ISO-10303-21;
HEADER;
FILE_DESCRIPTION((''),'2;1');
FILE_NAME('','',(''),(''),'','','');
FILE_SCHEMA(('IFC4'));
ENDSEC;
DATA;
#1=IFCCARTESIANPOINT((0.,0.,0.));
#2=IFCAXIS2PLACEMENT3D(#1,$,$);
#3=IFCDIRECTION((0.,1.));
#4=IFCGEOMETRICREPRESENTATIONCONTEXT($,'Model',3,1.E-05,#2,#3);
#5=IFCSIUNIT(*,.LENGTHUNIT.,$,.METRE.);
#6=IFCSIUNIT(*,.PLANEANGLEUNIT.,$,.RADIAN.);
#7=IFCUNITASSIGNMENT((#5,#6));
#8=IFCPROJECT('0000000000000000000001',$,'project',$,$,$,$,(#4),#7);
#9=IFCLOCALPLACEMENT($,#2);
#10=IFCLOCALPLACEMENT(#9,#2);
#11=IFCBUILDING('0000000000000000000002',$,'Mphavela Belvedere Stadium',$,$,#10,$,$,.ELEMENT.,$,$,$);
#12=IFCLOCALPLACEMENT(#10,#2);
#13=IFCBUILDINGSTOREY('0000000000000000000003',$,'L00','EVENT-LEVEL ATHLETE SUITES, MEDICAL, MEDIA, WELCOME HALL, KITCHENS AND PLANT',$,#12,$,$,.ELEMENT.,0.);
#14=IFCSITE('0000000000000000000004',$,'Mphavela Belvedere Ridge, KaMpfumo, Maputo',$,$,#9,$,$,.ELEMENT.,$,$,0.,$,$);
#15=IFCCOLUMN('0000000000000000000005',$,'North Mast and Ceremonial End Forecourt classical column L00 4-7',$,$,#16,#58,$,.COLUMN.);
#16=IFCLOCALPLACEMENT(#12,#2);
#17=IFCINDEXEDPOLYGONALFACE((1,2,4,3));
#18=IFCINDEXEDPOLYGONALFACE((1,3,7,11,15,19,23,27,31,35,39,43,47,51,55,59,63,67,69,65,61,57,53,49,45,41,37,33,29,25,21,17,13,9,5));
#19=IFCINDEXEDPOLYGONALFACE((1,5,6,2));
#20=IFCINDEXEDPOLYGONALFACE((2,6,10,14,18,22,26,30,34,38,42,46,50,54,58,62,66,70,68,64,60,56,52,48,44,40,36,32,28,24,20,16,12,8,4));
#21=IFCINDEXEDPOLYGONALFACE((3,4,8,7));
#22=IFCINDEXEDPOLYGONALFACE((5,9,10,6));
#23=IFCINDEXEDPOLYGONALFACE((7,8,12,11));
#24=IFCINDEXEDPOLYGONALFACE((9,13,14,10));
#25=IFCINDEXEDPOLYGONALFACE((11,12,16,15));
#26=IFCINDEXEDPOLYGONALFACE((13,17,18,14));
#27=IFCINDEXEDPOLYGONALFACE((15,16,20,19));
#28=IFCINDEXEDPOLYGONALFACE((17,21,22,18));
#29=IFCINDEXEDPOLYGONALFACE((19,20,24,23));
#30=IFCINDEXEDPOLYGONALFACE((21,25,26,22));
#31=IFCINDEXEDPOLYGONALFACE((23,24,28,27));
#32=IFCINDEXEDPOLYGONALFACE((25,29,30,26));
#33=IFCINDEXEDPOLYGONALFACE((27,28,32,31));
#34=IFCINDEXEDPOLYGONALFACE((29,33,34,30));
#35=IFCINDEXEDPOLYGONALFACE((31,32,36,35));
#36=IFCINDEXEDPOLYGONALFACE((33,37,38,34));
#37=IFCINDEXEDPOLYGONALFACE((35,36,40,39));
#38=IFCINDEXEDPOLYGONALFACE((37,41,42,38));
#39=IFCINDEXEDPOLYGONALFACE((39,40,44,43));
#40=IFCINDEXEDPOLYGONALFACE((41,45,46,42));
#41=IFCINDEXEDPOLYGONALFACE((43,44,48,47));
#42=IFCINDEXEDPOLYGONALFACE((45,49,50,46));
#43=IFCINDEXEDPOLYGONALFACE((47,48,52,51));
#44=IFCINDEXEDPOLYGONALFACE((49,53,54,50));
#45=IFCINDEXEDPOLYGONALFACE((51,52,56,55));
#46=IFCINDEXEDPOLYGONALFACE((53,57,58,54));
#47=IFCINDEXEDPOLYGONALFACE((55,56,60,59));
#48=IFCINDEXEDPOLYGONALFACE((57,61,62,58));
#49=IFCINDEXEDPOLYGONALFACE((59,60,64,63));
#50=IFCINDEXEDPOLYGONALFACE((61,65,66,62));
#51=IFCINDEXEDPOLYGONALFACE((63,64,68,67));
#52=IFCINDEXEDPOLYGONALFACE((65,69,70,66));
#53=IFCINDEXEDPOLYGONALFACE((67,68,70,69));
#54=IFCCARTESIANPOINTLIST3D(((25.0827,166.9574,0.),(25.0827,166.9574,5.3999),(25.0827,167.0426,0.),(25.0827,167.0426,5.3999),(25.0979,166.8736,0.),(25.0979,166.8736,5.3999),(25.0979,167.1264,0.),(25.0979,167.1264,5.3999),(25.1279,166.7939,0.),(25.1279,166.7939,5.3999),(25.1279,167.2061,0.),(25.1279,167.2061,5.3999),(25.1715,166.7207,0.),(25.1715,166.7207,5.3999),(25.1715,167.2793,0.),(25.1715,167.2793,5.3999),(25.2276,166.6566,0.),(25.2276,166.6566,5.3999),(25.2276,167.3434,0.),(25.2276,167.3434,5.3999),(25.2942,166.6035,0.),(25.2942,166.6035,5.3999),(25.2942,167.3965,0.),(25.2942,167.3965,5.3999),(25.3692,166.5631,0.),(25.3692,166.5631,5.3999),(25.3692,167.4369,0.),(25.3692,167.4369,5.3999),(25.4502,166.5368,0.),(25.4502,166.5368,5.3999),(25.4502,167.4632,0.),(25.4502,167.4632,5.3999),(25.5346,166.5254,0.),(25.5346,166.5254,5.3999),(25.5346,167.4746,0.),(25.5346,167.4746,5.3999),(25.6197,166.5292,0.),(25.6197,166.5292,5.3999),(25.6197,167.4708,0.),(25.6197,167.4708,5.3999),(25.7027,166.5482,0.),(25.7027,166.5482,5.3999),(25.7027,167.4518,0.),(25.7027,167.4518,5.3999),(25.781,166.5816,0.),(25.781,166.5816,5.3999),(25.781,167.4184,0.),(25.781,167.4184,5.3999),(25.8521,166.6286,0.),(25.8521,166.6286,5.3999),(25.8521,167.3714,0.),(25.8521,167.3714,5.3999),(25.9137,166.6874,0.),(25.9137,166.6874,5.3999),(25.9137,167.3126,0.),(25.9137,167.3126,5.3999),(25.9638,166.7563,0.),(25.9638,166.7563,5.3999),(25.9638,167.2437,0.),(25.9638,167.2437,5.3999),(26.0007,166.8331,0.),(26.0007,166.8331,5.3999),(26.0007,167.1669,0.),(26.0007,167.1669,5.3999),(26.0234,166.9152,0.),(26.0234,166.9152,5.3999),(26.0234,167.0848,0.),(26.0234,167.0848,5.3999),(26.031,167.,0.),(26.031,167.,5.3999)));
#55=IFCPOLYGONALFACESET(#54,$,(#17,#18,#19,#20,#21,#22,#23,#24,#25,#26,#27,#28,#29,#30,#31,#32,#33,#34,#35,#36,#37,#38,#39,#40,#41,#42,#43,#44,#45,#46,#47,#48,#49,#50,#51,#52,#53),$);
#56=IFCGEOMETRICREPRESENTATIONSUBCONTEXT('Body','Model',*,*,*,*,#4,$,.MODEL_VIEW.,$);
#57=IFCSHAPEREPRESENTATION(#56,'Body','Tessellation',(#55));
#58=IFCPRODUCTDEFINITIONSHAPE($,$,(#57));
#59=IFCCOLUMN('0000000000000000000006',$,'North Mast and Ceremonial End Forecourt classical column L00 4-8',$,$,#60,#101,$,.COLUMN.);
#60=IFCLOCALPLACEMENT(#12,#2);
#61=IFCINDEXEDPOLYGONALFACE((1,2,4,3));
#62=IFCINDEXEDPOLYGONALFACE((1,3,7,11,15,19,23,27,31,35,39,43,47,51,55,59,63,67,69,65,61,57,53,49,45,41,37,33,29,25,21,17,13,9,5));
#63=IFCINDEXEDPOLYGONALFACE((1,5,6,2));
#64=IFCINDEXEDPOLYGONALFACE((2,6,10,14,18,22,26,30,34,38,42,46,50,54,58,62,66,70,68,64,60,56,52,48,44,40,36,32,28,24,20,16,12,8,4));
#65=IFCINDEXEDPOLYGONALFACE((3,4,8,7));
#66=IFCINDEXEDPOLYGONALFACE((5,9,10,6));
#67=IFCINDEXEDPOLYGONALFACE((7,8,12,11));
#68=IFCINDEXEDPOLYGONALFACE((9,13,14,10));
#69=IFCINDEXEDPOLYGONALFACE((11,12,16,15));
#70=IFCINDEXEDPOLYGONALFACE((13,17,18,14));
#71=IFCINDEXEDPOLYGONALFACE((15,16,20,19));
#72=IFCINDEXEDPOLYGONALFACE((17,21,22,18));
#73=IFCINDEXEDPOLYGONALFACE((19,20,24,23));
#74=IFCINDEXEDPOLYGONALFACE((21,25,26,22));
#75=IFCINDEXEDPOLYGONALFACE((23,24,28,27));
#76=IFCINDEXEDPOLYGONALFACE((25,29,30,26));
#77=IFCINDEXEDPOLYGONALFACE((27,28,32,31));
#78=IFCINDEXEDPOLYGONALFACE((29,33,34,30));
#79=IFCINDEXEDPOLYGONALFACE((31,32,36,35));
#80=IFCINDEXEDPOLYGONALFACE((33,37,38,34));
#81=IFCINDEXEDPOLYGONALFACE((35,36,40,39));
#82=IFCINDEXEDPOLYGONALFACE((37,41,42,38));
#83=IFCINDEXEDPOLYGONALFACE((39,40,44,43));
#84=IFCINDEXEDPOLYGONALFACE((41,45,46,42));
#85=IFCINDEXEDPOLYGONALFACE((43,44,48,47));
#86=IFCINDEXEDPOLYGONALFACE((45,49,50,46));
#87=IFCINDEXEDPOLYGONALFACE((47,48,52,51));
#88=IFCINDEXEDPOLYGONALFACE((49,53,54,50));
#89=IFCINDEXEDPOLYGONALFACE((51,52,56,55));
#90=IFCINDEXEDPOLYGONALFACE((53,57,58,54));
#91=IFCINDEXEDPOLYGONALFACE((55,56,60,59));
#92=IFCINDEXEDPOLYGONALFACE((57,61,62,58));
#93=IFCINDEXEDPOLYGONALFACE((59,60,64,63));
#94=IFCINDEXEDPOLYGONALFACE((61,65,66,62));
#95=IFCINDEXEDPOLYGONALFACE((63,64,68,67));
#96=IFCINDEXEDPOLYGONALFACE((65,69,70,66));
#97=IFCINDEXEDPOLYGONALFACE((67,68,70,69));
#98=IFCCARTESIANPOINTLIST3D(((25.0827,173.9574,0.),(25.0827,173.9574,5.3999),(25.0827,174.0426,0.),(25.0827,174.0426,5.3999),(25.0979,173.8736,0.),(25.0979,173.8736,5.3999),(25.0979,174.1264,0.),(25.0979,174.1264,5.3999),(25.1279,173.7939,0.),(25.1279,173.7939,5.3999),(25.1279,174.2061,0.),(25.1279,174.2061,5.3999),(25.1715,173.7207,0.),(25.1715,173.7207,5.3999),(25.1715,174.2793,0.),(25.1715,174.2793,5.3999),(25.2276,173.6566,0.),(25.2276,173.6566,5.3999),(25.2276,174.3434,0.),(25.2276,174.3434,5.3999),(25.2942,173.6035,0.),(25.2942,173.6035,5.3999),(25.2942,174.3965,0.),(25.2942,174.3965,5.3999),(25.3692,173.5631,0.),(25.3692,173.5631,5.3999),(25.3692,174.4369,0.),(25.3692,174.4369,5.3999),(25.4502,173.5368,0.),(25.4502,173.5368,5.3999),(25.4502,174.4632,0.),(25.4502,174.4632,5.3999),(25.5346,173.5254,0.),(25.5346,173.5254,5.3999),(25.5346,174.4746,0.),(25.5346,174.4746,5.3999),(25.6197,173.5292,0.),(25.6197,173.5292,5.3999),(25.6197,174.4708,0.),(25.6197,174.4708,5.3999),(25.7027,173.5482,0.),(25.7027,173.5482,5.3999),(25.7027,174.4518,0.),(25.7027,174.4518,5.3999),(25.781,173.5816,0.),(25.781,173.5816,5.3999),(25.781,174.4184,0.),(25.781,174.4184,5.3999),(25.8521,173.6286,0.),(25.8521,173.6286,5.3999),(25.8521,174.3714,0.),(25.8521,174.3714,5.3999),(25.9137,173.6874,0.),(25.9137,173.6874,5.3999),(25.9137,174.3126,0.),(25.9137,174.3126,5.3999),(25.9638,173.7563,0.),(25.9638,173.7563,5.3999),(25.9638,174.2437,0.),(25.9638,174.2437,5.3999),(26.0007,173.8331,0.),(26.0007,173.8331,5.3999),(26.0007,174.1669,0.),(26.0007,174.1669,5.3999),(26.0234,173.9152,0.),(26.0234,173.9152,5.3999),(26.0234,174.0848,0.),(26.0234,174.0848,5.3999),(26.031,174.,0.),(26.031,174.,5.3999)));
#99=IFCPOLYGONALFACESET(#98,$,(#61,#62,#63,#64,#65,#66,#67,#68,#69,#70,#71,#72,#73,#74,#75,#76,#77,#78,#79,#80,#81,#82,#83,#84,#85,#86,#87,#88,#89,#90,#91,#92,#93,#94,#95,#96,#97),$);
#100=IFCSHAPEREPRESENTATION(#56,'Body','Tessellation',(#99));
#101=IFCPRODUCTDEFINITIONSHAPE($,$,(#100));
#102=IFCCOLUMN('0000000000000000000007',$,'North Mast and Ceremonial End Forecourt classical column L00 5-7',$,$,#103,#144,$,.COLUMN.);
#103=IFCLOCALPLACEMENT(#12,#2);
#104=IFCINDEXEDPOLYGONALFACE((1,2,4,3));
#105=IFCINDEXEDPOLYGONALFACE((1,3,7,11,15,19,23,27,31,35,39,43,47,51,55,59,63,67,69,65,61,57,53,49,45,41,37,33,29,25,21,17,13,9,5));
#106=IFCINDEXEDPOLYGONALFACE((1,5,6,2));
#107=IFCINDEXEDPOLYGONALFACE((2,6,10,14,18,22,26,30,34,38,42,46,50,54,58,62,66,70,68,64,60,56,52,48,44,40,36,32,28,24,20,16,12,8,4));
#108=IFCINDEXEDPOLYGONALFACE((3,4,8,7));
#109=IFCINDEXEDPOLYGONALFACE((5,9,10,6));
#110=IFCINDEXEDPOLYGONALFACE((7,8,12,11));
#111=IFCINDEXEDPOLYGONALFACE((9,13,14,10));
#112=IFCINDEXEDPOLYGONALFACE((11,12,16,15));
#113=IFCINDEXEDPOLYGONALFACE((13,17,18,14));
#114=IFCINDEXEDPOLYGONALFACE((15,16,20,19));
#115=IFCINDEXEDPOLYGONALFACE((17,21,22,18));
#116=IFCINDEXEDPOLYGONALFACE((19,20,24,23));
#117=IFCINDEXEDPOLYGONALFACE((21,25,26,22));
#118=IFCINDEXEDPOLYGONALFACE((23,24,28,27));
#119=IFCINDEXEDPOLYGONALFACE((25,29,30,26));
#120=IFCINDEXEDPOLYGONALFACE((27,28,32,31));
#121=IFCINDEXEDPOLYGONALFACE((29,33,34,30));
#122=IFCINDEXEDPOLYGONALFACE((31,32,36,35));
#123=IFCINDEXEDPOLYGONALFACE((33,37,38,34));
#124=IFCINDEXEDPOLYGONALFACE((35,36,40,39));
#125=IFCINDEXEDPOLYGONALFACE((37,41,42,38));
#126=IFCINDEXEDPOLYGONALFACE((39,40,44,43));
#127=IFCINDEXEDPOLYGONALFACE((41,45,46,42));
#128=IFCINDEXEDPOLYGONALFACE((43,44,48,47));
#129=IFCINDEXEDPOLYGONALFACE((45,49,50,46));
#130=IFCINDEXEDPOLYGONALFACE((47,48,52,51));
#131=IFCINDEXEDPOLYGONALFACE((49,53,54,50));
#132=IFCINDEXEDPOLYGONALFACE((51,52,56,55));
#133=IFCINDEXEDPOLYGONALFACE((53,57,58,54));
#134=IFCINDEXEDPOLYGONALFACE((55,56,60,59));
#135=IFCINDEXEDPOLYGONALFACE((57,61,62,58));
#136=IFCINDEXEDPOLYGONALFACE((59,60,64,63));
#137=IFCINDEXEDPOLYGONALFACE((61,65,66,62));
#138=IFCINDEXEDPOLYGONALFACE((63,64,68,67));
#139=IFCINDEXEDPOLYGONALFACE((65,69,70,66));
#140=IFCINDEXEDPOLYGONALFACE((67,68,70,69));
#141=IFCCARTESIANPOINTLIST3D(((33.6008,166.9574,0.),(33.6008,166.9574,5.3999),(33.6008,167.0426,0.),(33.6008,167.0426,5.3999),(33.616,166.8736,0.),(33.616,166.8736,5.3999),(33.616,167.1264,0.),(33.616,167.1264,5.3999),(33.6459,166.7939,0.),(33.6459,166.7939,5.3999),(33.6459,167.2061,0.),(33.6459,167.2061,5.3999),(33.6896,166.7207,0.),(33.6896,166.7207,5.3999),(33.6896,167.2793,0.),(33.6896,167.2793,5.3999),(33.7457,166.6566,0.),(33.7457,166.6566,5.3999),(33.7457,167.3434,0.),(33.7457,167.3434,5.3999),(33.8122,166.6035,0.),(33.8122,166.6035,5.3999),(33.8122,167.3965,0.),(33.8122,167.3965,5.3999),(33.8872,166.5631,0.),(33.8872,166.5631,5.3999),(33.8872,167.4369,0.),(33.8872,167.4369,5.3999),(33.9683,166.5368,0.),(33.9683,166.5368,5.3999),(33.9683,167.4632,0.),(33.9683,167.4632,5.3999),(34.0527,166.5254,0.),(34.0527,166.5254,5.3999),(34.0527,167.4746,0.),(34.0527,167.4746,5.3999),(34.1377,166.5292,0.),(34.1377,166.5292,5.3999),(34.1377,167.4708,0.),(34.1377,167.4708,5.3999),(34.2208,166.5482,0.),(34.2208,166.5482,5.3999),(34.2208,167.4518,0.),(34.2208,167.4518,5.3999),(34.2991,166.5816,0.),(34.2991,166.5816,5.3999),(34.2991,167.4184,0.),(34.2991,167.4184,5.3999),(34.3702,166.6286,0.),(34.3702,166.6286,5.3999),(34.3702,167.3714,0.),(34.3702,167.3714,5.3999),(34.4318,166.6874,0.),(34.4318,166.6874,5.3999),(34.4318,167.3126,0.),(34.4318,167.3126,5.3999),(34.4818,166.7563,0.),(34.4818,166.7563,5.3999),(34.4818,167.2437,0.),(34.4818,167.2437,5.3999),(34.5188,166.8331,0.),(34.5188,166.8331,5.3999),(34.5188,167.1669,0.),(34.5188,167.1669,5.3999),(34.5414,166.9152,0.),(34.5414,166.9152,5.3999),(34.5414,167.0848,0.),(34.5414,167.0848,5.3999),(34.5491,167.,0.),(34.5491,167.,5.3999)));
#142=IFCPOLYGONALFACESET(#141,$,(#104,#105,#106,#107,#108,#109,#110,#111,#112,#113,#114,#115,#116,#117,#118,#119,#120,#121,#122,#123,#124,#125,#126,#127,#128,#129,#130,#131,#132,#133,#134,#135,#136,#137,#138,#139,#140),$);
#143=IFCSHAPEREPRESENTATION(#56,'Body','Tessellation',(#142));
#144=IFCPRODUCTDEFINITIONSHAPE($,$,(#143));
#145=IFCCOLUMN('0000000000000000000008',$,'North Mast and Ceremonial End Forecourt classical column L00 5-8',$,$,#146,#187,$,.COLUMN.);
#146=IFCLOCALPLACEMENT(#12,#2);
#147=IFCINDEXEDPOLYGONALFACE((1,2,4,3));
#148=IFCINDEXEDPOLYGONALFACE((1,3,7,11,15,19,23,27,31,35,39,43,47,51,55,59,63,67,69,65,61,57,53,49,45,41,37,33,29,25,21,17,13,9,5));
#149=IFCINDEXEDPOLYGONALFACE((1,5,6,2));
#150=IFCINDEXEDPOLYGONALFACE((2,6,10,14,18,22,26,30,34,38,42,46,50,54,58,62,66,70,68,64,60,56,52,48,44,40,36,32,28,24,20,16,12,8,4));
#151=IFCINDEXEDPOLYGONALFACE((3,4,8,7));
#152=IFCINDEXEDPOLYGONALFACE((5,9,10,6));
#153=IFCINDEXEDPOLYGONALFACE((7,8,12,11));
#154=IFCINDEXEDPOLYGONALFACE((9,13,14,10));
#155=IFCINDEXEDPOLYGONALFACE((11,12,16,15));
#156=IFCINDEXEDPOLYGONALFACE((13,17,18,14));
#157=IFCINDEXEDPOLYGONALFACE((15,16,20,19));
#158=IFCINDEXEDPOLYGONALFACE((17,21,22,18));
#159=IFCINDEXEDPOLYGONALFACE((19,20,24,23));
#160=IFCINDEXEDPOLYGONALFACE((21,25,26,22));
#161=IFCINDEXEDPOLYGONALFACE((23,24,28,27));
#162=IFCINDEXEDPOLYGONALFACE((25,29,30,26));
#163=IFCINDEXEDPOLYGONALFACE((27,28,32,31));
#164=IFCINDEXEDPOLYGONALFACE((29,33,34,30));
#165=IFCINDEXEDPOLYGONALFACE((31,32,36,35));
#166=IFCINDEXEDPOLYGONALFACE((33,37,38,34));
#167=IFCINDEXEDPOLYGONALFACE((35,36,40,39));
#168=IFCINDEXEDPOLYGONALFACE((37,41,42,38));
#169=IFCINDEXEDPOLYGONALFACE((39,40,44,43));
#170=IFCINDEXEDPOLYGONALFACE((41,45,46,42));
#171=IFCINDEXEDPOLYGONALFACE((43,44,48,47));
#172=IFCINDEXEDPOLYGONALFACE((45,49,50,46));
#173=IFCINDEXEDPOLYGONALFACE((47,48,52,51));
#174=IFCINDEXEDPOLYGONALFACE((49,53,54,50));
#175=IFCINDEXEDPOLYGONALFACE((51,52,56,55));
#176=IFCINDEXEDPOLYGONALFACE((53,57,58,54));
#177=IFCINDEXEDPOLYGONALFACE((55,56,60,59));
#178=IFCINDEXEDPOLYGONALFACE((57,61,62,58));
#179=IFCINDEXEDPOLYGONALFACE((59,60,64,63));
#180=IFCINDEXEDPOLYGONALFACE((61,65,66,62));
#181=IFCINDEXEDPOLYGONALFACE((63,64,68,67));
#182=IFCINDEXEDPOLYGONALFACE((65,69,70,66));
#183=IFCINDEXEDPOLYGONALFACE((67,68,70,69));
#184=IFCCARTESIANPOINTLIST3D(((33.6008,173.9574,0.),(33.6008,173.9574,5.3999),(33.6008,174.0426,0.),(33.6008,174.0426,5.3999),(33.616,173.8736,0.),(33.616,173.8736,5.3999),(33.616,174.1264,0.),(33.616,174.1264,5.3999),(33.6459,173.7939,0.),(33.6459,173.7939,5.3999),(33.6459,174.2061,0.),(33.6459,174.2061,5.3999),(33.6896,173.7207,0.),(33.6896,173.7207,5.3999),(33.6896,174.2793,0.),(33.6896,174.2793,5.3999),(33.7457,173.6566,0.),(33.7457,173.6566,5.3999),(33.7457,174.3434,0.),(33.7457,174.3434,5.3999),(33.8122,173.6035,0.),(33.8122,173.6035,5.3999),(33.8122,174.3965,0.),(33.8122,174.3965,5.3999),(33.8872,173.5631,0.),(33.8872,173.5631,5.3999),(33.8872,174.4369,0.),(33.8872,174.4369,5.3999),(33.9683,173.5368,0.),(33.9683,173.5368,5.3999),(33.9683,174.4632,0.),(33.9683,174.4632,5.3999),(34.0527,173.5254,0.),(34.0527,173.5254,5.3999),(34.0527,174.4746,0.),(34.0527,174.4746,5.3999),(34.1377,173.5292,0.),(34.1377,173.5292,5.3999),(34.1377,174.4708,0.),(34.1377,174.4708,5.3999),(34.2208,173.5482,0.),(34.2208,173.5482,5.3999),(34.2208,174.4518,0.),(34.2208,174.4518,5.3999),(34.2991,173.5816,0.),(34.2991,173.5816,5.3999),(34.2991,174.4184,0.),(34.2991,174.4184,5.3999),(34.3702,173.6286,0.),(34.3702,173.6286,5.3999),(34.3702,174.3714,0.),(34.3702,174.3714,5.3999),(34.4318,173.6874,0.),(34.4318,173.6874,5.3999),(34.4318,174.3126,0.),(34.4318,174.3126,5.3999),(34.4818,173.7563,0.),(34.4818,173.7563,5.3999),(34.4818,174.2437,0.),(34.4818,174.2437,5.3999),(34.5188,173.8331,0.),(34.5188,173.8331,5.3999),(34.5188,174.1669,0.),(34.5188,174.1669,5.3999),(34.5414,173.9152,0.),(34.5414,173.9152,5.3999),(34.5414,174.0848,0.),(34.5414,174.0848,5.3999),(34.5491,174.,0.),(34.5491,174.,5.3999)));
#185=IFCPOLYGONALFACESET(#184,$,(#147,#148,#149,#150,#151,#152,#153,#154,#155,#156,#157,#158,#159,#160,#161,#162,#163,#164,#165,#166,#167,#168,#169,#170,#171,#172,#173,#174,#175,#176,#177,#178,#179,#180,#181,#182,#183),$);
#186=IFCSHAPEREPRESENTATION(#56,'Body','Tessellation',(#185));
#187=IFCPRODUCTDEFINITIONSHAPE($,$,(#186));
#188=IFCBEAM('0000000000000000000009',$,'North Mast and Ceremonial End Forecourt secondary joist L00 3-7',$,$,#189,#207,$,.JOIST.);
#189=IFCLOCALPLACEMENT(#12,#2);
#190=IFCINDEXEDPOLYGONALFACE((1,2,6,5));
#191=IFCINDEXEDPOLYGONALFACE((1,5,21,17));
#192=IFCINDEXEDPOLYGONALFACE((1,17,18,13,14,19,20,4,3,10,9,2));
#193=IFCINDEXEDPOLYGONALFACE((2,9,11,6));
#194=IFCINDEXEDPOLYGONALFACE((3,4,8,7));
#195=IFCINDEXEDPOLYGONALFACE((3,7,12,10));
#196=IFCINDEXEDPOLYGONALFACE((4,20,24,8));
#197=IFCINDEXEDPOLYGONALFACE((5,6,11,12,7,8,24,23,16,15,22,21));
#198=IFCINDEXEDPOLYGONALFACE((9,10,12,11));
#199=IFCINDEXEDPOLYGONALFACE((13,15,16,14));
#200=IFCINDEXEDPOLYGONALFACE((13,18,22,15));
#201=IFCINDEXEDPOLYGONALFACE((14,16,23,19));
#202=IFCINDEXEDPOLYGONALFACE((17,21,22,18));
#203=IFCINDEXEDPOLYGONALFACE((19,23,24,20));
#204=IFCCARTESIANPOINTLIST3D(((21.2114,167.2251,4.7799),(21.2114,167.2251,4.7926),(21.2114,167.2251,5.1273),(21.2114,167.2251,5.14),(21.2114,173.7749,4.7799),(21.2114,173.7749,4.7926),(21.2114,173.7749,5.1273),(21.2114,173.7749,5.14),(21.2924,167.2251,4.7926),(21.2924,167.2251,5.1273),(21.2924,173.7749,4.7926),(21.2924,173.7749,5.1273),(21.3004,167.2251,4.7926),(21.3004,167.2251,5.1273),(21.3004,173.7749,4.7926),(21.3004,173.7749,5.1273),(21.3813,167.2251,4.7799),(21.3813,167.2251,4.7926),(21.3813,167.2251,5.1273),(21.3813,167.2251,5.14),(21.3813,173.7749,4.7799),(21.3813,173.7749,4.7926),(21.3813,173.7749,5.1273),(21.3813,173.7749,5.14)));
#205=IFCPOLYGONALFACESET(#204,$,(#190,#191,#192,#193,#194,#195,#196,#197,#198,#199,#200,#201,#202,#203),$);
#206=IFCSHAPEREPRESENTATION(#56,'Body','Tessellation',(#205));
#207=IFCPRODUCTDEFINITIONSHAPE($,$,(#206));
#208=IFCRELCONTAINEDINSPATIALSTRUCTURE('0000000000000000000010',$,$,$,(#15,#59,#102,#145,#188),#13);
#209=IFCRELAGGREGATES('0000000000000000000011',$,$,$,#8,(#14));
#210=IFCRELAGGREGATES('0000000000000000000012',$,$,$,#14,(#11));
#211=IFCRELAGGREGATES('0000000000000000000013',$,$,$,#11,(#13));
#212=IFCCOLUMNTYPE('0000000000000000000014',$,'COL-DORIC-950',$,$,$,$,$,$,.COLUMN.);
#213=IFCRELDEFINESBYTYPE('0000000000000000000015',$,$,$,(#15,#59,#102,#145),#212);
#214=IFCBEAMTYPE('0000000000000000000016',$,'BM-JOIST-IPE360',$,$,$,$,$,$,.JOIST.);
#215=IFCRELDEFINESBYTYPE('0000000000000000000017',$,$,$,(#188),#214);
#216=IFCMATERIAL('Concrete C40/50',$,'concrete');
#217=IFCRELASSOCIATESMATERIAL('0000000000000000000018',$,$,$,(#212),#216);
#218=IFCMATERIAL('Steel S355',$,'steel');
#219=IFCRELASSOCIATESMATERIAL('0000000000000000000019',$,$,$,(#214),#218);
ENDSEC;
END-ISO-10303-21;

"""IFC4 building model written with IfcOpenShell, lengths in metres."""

from ifc_helpers import new_model, si_unit, direction, frame, origin, origin_2d, place, context, subcontext, project, spatial, circle, i_section, extrude, material, material_profile, profile_set, type_object, element, save


model = new_model("IFC4")

# Units and contexts
model_context = context("Model", 3, precision=1e-05, world=origin(), true_north=direction((0.0, 1.0)))
body_context = subcontext(model_context, "Body", "Model", "MODEL_VIEW")
ifc_project = project(units=[si_unit("LENGTHUNIT", "METRE"), si_unit("PLANEANGLEUNIT", "RADIAN")], contexts=[model_context])

# Site, building, storey
site_placement = place(None, origin())
site = spatial("IfcSite", under=ifc_project, at=site_placement, Name="Mphavela Belvedere Ridge, KaMpfumo, Maputo", CompositionType="ELEMENT", RefElevation=0.0)
building_placement = place(site_placement, origin())
building = spatial("IfcBuilding", under=site, at=building_placement, Name="Mphavela Belvedere Stadium", CompositionType="ELEMENT")
storey_placement = place(building_placement, origin())
storey = spatial("IfcBuildingStorey", under=building, at=storey_placement, Name="L00", Description="EVENT-LEVEL ATHLETE SUITES, MEDICAL, MEDIA, WELCOME HALL, KITCHENS AND PLANT", CompositionType="ELEMENT", Elevation=0.0)

# Columns
ifc_material_1 = material(Name="Concrete C40/50", Category="concrete")
ifc_material_profile_1 = material_profile(ifc_material_1, circle(Radius=0.4751, at=origin_2d()), Name="COL D950")
ifc_profile_set_1 = profile_set([ifc_material_profile_1], Name="Concrete C40/50")
column_type = type_object("IfcColumnType", Name="COL-DORIC-950", PredefinedType="COLUMN", material=ifc_profile_set_1)
for number, where, z_axis, x_axis, name in (
    (1, (25.5559, 167.0, 0.0), (0.0, 0.0, 1.0), (1.0, 0.0, 0.0), "North Mast and Ceremonial End Forecourt classical column L00 4-7"),
    (2, (25.5559, 174.0, 0.0), (0.0, 0.0, 1.0), (1.0, 0.0, 0.0), "North Mast and Ceremonial End Forecourt classical column L00 4-8"),
    (3, (34.074, 167.0, 0.0), (0.0, 0.0, 1.0), (1.0, 0.0, 0.0), "North Mast and Ceremonial End Forecourt classical column L00 5-7"),
    (4, (34.074, 174.0, 0.0), (0.0, 0.0, 1.0), (1.0, 0.0, 0.0), "North Mast and Ceremonial End Forecourt classical column L00 5-8"),
):
    element("IfcColumn", number, at=place(storey_placement, frame(where, z_axis=z_axis, x_axis=x_axis)), inside=storey, type_object=column_type, Name=name, PredefinedType="COLUMN", context=body_context, shape_type="SweptSolid", body=[
        extrude(circle(Radius=0.4751, at=origin_2d()), origin(), (0.0, 0.0, 1.0), 5.3999),
    ])

# Beam
ifc_material_2 = material(Name="Steel S355", Category="steel")
ifc_material_profile_2 = material_profile(ifc_material_2, i_section(OverallWidth=0.1699, OverallDepth=0.3601, WebThickness=0.0081, FlangeThickness=0.0127, at=origin_2d()), Name="IPE 360")
ifc_profile_set_2 = profile_set([ifc_material_profile_2], Name="Steel S355")
beam_type_1 = type_object("IfcBeamType", Name="BM-JOIST-IPE360", PredefinedType="JOIST", material=ifc_profile_set_2)
for number, where, z_axis, x_axis, name in (
    (5, (21.2964, 167.2251, 4.96), (0.0, 1.0, 0.0), (-1.0, 0.0, 0.0), "North Mast and Ceremonial End Forecourt secondary joist L00 3-7"),
):
    element("IfcBeam", number, at=place(storey_placement, frame(where, z_axis=z_axis, x_axis=x_axis)), inside=storey, type_object=beam_type_1, Name=name, PredefinedType="JOIST", context=body_context, shape_type="SweptSolid", body=[
        extrude(i_section(OverallWidth=0.1699, OverallDepth=0.3601, WebThickness=0.0081, FlangeThickness=0.0127, at=origin_2d()), origin(), (0.0, 0.0, 1.0), 6.5498),
    ])

save(model, "model.ifc")
